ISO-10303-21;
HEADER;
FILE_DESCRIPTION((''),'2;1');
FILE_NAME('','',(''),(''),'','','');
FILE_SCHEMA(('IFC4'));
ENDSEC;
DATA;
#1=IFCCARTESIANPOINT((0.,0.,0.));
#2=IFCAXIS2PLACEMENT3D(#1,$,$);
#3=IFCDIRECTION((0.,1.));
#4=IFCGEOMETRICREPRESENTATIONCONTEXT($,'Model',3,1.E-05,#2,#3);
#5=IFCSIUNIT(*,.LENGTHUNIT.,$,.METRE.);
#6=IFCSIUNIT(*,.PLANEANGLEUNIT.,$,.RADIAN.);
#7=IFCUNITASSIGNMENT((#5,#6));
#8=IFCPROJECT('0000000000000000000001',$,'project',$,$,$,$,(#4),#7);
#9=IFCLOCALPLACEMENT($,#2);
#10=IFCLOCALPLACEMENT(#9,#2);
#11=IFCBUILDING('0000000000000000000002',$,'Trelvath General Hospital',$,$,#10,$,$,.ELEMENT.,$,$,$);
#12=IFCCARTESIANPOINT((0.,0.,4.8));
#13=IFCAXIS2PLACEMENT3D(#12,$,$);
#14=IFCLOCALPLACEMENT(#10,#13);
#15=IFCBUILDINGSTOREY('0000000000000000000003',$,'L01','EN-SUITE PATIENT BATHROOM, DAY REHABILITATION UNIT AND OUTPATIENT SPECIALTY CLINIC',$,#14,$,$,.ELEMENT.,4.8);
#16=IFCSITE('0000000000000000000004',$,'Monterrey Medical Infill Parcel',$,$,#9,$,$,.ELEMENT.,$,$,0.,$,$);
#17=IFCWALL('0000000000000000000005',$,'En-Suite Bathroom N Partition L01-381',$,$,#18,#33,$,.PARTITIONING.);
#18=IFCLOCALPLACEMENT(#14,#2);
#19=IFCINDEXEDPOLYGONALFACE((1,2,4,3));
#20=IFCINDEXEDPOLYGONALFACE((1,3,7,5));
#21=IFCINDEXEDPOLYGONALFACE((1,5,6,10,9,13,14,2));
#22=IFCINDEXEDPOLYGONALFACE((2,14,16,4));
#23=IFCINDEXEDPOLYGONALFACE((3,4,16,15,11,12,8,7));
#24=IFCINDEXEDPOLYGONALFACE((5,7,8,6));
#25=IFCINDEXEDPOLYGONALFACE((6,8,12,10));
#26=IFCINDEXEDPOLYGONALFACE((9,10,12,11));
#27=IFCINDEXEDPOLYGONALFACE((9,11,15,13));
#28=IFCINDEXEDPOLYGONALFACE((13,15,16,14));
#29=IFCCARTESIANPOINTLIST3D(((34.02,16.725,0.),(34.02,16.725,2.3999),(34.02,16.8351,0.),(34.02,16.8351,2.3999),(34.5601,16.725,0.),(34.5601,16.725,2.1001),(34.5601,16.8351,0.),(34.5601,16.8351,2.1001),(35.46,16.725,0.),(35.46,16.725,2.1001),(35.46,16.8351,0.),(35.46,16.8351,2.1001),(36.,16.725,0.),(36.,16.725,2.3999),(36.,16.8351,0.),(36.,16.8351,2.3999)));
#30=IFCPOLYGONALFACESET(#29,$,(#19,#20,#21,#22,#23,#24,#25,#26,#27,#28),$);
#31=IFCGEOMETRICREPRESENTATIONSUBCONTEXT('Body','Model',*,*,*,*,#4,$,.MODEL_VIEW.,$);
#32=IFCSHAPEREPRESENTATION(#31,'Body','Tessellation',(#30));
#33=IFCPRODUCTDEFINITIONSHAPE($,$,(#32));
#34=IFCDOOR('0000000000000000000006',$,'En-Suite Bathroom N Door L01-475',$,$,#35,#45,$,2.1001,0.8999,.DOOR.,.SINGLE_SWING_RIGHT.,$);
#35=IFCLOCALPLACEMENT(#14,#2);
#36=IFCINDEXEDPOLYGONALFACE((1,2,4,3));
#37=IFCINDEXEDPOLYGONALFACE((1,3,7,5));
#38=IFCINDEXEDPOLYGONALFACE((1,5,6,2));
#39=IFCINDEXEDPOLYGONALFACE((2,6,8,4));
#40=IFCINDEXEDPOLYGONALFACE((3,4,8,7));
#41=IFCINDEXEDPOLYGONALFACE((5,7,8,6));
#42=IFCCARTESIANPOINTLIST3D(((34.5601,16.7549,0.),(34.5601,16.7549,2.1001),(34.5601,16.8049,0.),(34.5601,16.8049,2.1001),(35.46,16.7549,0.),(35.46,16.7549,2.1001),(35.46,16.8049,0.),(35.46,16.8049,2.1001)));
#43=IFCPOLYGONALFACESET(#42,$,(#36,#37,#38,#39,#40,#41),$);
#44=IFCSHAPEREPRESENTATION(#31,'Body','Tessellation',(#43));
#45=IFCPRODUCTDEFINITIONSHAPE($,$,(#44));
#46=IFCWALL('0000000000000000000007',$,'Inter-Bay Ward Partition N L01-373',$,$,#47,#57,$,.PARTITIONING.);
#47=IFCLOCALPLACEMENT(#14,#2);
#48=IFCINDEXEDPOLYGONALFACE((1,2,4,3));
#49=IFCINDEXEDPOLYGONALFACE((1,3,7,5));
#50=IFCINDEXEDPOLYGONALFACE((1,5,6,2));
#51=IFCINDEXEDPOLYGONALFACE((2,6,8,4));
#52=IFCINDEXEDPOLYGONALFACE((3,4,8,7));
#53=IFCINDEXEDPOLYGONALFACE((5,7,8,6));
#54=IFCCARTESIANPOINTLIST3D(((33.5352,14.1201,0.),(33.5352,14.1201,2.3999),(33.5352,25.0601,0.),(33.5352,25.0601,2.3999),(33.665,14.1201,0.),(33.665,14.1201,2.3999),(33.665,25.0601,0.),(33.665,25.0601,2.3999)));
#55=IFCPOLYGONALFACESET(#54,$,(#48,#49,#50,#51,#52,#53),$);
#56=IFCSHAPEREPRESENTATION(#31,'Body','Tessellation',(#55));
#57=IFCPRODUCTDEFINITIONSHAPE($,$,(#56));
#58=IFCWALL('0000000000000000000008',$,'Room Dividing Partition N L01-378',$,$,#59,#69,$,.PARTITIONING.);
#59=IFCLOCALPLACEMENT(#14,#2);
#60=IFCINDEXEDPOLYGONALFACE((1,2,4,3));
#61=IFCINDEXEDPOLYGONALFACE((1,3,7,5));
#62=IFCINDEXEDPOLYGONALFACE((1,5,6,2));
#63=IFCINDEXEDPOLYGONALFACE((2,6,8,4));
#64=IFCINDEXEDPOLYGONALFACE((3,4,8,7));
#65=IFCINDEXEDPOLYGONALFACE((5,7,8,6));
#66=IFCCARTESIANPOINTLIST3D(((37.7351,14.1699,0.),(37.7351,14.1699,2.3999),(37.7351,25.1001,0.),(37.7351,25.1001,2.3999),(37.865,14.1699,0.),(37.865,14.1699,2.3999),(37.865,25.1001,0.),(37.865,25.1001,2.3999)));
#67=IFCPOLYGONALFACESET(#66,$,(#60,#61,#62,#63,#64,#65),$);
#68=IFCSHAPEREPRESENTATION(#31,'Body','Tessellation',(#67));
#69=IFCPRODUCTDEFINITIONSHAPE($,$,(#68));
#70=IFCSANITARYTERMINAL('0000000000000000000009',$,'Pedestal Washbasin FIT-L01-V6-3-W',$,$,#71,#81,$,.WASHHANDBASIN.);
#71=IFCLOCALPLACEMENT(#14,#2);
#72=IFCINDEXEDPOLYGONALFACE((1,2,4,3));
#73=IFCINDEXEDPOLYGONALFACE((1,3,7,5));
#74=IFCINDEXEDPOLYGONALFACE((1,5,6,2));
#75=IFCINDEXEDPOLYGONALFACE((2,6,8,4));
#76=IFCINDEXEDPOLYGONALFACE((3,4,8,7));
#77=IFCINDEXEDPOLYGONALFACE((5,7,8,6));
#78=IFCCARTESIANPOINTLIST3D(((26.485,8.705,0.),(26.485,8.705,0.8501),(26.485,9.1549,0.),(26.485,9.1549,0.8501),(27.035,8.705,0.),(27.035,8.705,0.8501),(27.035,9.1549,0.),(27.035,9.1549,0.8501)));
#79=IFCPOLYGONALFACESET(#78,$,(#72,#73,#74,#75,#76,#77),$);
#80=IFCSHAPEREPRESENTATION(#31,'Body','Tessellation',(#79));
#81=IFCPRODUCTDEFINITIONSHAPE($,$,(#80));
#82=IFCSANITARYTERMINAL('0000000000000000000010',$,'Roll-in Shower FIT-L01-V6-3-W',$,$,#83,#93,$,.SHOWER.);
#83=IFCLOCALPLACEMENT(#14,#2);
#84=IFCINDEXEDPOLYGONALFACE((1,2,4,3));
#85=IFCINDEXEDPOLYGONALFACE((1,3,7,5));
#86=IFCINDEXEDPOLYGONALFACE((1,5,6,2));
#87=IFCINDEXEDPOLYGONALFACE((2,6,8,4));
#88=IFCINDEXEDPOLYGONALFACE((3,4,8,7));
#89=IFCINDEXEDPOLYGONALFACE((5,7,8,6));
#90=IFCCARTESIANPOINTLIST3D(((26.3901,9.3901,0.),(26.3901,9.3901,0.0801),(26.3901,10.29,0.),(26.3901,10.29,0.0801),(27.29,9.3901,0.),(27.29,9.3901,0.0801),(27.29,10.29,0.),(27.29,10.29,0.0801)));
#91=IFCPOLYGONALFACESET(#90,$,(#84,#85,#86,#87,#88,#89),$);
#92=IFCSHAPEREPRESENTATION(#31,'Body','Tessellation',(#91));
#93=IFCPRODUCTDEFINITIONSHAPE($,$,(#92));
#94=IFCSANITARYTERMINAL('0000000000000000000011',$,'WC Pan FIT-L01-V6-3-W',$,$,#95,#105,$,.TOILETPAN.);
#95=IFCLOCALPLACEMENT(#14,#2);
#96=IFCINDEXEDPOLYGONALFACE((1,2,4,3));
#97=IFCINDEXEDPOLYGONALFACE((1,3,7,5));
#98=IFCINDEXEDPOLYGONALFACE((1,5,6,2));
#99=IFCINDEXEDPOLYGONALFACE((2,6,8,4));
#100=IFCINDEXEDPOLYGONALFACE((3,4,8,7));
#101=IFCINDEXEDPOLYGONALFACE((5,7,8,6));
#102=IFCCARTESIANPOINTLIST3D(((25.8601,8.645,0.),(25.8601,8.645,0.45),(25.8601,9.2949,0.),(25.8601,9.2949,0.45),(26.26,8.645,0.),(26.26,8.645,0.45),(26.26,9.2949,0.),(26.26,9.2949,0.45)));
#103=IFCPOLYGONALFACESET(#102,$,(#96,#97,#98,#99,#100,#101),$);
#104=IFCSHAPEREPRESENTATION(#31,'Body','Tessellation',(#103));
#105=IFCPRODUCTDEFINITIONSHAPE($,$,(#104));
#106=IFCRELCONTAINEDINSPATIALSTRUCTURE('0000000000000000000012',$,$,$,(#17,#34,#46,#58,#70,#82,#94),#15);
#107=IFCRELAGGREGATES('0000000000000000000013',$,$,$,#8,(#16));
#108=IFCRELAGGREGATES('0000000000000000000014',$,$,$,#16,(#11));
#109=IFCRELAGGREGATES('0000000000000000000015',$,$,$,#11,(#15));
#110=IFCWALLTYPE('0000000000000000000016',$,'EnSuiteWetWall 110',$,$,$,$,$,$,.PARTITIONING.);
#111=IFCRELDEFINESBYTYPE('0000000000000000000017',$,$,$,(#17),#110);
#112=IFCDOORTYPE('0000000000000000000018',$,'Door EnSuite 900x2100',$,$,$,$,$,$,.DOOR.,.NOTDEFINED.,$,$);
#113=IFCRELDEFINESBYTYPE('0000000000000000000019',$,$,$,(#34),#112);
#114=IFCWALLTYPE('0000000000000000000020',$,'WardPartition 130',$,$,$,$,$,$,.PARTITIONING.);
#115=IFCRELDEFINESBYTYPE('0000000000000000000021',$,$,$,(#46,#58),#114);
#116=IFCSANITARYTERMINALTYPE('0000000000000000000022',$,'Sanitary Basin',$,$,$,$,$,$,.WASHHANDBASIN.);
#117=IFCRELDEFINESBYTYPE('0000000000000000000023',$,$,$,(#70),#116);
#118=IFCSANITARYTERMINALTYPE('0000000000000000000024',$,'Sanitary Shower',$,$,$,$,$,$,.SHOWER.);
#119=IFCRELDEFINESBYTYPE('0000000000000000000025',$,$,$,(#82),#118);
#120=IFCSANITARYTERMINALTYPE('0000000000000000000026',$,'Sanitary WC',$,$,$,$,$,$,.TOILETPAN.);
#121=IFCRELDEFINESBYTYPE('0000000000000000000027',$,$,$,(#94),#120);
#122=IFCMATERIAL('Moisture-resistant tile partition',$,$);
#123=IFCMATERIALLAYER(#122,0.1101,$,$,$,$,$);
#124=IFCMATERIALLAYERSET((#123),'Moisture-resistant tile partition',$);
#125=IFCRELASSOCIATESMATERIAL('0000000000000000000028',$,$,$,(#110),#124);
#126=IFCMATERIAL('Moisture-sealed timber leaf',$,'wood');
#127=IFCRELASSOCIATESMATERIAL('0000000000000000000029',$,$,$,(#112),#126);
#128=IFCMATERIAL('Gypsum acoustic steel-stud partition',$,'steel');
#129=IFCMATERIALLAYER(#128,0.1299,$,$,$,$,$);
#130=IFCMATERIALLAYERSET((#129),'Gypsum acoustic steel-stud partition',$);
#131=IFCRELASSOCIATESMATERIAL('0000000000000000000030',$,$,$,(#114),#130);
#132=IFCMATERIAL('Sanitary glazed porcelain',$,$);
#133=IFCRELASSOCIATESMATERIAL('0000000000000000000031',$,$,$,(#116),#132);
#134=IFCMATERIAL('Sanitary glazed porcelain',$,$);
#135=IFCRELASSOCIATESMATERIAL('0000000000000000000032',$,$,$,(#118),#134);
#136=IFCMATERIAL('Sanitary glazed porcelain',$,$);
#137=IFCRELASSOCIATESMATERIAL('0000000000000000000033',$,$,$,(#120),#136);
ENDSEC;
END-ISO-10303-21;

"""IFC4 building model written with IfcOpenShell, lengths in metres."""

from ifc_helpers import new_model, si_unit, direction, frame, frame_2d, origin, origin_2d, place, context, subcontext, project, spatial, rectangle, extrude, material, layer, layer_set, type_object, element, fill, save


model = new_model("IFC4")

# Units and contexts
model_context = context("Model", 3, precision=1e-05, world=origin(), true_north=direction((0.0, 1.0)))
body_context = subcontext(model_context, "Body", "Model", "MODEL_VIEW")
ifc_project = project(units=[si_unit("LENGTHUNIT", "METRE"), si_unit("PLANEANGLEUNIT", "RADIAN")], contexts=[model_context])

# Site, building, storey
site_placement = place(None, origin())
site = spatial("IfcSite", under=ifc_project, at=site_placement, Name="Monterrey Medical Infill Parcel", CompositionType="ELEMENT", RefElevation=0.0)
building_placement = place(site_placement, origin())
building = spatial("IfcBuilding", under=site, at=building_placement, Name="Trelvath General Hospital", CompositionType="ELEMENT")
storey_placement = place(building_placement, frame((0.0, 0.0, 4.8)))
storey = spatial("IfcBuildingStorey", under=building, at=storey_placement, Name="L01", Description="EN-SUITE PATIENT BATHROOM, DAY REHABILITATION UNIT AND OUTPATIENT SPECIALTY CLINIC", CompositionType="ELEMENT", Elevation=4.8)

# Shared definitions
ifc_material_1 = material(Name="Moisture-resistant tile partition")
ifc_layer_1 = layer(ifc_material_1, 0.1101)
ifc_layer_set_1 = layer_set([ifc_layer_1], Name="Moisture-resistant tile partition")
wall_type_1 = type_object("IfcWallType", Name="EnSuiteWetWall 110", PredefinedType="PARTITIONING", material=ifc_layer_set_1)

# Wall, opening, door
wall_1_placement = place(storey_placement, frame((34.02, 16.78, 0.0), z_axis=(0.0, 0.0, 1.0), x_axis=(1.0, 0.0, 0.0)))
wall_1 = element("IfcWall", 1, at=wall_1_placement, inside=storey, type_object=wall_type_1, Name="En-Suite Bathroom N Partition L01-381", PredefinedType="PARTITIONING", context=body_context, shape_type="SweptSolid", body=[
    extrude(rectangle(XDim=1.98, YDim=0.1101, at=frame_2d((0.99, 0.0))), origin(), (0.0, 0.0, 1.0), 2.3999),
])
opening_1_placement = place(wall_1_placement, frame((0.54, 0.0, 0.0)))
opening_1 = element("IfcOpeningElement", 2, at=opening_1_placement, cuts=wall_1, PredefinedType="OPENING", context=body_context, shape_type="SweptSolid", body=[
    extrude(rectangle(XDim=0.8999, YDim=2.1001, at=frame_2d((0.45, 1.05))), frame((0.0, 0.0649, 0.0), z_axis=(0.0, -1.0, 0.0), x_axis=(1.0, 0.0, 0.0)), (0.0, 0.0, 1.0), 0.1301),
])
ifc_material_2 = material(Name="Moisture-sealed timber leaf", Category="wood")
door_type_1 = type_object("IfcDoorType", Name="Door EnSuite 900x2100", OperationType="NOTDEFINED", PredefinedType="DOOR", material=ifc_material_2)
door_1_placement = place(opening_1_placement, origin())
door_1 = element("IfcDoor", 3, at=door_1_placement, inside=storey, type_object=door_type_1, Name="En-Suite Bathroom N Door L01-475", OperationType="SINGLE_SWING_RIGHT", OverallHeight=2.1001, OverallWidth=0.8999, PredefinedType="DOOR", context=body_context, shape_type="SweptSolid", body=[
    extrude(rectangle(XDim=0.8999, YDim=2.1001, at=frame_2d((0.45, 1.05))), frame((0.0, 0.0249, 0.0), z_axis=(0.0, -1.0, 0.0), x_axis=(1.0, 0.0, 0.0)), (0.0, 0.0, 1.0), 0.05),
])
fill(opening_1, door_1)

# Walls
ifc_material_3 = material(Name="Gypsum acoustic steel-stud partition", Category="steel")
ifc_layer_2 = layer(ifc_material_3, 0.1299)
ifc_layer_set_2 = layer_set([ifc_layer_2], Name="Gypsum acoustic steel-stud partition")
wall_type_2 = type_object("IfcWallType", Name="WardPartition 130", PredefinedType="PARTITIONING", material=ifc_layer_set_2)
wall_2_placement = place(storey_placement, frame((33.6001, 14.1201, 0.0), z_axis=(0.0, 0.0, 1.0), x_axis=(0.0, 1.0, 0.0)))
element("IfcWall", 4, at=wall_2_placement, inside=storey, type_object=wall_type_2, Name="Inter-Bay Ward Partition N L01-373", PredefinedType="PARTITIONING", context=body_context, shape_type="SweptSolid", body=[
    extrude(rectangle(XDim=10.9399, YDim=0.1299, at=frame_2d((5.47, 0.0))), origin(), (0.0, 0.0, 1.0), 2.3999),
])
wall_3_placement = place(storey_placement, frame((37.8, 14.1699, 0.0), z_axis=(0.0, 0.0, 1.0), x_axis=(0.0, 1.0, 0.0)))
element("IfcWall", 5, at=wall_3_placement, inside=storey, type_object=wall_type_2, Name="Room Dividing Partition N L01-378", PredefinedType="PARTITIONING", context=body_context, shape_type="SweptSolid", body=[
    extrude(rectangle(XDim=10.9302, YDim=0.1299, at=frame_2d((5.4651, 0.0))), origin(), (0.0, 0.0, 1.0), 2.3999),
])

# Sanitary terminals
ifc_material_4 = material(Name="Sanitary glazed porcelain")
sanitary_terminal_type_1 = type_object("IfcSanitaryTerminalType", Name="Sanitary Basin", PredefinedType="WASHHANDBASIN", material=ifc_material_4)
sanitary_terminal_1_placement = place(storey_placement, frame((26.76, 8.9299, 0.0), z_axis=(0.0, 0.0, 1.0), x_axis=(1.0, 0.0, 0.0)))
element("IfcSanitaryTerminal", 6, at=sanitary_terminal_1_placement, inside=storey, type_object=sanitary_terminal_type_1, Name="Pedestal Washbasin FIT-L01-V6-3-W", PredefinedType="WASHHANDBASIN", context=body_context, shape_type="SweptSolid", body=[
    extrude(rectangle(XDim=0.55, YDim=0.45, at=origin_2d()), origin(), (0.0, 0.0, 1.0), 0.8501),
])
ifc_material_5 = material(Name="Sanitary glazed porcelain")
sanitary_terminal_type_2 = type_object("IfcSanitaryTerminalType", Name="Sanitary Shower", PredefinedType="SHOWER", material=ifc_material_5)
sanitary_terminal_2_placement = place(storey_placement, frame((26.8401, 9.8401, 0.0), z_axis=(0.0, 0.0, 1.0), x_axis=(1.0, 0.0, 0.0)))
element("IfcSanitaryTerminal", 7, at=sanitary_terminal_2_placement, inside=storey, type_object=sanitary_terminal_type_2, Name="Roll-in Shower FIT-L01-V6-3-W", PredefinedType="SHOWER", context=body_context, shape_type="SweptSolid", body=[
    extrude(rectangle(XDim=0.8999, YDim=0.8999, at=origin_2d()), origin(), (0.0, 0.0, 1.0), 0.0801),
])
ifc_material_6 = material(Name="Sanitary glazed porcelain")
sanitary_terminal_type_3 = type_object("IfcSanitaryTerminalType", Name="Sanitary WC", PredefinedType="TOILETPAN", material=ifc_material_6)
sanitary_terminal_3_placement = place(storey_placement, frame((26.0601, 8.97, 0.0), z_axis=(0.0, 0.0, 1.0), x_axis=(1.0, 0.0, 0.0)))
element("IfcSanitaryTerminal", 8, at=sanitary_terminal_3_placement, inside=storey, type_object=sanitary_terminal_type_3, Name="WC Pan FIT-L01-V6-3-W", PredefinedType="TOILETPAN", context=body_context, shape_type="SweptSolid", body=[
    extrude(rectangle(XDim=0.3999, YDim=0.6499, at=origin_2d()), origin(), (0.0, 0.0, 1.0), 0.45),
])

save(model, "model.ifc")
